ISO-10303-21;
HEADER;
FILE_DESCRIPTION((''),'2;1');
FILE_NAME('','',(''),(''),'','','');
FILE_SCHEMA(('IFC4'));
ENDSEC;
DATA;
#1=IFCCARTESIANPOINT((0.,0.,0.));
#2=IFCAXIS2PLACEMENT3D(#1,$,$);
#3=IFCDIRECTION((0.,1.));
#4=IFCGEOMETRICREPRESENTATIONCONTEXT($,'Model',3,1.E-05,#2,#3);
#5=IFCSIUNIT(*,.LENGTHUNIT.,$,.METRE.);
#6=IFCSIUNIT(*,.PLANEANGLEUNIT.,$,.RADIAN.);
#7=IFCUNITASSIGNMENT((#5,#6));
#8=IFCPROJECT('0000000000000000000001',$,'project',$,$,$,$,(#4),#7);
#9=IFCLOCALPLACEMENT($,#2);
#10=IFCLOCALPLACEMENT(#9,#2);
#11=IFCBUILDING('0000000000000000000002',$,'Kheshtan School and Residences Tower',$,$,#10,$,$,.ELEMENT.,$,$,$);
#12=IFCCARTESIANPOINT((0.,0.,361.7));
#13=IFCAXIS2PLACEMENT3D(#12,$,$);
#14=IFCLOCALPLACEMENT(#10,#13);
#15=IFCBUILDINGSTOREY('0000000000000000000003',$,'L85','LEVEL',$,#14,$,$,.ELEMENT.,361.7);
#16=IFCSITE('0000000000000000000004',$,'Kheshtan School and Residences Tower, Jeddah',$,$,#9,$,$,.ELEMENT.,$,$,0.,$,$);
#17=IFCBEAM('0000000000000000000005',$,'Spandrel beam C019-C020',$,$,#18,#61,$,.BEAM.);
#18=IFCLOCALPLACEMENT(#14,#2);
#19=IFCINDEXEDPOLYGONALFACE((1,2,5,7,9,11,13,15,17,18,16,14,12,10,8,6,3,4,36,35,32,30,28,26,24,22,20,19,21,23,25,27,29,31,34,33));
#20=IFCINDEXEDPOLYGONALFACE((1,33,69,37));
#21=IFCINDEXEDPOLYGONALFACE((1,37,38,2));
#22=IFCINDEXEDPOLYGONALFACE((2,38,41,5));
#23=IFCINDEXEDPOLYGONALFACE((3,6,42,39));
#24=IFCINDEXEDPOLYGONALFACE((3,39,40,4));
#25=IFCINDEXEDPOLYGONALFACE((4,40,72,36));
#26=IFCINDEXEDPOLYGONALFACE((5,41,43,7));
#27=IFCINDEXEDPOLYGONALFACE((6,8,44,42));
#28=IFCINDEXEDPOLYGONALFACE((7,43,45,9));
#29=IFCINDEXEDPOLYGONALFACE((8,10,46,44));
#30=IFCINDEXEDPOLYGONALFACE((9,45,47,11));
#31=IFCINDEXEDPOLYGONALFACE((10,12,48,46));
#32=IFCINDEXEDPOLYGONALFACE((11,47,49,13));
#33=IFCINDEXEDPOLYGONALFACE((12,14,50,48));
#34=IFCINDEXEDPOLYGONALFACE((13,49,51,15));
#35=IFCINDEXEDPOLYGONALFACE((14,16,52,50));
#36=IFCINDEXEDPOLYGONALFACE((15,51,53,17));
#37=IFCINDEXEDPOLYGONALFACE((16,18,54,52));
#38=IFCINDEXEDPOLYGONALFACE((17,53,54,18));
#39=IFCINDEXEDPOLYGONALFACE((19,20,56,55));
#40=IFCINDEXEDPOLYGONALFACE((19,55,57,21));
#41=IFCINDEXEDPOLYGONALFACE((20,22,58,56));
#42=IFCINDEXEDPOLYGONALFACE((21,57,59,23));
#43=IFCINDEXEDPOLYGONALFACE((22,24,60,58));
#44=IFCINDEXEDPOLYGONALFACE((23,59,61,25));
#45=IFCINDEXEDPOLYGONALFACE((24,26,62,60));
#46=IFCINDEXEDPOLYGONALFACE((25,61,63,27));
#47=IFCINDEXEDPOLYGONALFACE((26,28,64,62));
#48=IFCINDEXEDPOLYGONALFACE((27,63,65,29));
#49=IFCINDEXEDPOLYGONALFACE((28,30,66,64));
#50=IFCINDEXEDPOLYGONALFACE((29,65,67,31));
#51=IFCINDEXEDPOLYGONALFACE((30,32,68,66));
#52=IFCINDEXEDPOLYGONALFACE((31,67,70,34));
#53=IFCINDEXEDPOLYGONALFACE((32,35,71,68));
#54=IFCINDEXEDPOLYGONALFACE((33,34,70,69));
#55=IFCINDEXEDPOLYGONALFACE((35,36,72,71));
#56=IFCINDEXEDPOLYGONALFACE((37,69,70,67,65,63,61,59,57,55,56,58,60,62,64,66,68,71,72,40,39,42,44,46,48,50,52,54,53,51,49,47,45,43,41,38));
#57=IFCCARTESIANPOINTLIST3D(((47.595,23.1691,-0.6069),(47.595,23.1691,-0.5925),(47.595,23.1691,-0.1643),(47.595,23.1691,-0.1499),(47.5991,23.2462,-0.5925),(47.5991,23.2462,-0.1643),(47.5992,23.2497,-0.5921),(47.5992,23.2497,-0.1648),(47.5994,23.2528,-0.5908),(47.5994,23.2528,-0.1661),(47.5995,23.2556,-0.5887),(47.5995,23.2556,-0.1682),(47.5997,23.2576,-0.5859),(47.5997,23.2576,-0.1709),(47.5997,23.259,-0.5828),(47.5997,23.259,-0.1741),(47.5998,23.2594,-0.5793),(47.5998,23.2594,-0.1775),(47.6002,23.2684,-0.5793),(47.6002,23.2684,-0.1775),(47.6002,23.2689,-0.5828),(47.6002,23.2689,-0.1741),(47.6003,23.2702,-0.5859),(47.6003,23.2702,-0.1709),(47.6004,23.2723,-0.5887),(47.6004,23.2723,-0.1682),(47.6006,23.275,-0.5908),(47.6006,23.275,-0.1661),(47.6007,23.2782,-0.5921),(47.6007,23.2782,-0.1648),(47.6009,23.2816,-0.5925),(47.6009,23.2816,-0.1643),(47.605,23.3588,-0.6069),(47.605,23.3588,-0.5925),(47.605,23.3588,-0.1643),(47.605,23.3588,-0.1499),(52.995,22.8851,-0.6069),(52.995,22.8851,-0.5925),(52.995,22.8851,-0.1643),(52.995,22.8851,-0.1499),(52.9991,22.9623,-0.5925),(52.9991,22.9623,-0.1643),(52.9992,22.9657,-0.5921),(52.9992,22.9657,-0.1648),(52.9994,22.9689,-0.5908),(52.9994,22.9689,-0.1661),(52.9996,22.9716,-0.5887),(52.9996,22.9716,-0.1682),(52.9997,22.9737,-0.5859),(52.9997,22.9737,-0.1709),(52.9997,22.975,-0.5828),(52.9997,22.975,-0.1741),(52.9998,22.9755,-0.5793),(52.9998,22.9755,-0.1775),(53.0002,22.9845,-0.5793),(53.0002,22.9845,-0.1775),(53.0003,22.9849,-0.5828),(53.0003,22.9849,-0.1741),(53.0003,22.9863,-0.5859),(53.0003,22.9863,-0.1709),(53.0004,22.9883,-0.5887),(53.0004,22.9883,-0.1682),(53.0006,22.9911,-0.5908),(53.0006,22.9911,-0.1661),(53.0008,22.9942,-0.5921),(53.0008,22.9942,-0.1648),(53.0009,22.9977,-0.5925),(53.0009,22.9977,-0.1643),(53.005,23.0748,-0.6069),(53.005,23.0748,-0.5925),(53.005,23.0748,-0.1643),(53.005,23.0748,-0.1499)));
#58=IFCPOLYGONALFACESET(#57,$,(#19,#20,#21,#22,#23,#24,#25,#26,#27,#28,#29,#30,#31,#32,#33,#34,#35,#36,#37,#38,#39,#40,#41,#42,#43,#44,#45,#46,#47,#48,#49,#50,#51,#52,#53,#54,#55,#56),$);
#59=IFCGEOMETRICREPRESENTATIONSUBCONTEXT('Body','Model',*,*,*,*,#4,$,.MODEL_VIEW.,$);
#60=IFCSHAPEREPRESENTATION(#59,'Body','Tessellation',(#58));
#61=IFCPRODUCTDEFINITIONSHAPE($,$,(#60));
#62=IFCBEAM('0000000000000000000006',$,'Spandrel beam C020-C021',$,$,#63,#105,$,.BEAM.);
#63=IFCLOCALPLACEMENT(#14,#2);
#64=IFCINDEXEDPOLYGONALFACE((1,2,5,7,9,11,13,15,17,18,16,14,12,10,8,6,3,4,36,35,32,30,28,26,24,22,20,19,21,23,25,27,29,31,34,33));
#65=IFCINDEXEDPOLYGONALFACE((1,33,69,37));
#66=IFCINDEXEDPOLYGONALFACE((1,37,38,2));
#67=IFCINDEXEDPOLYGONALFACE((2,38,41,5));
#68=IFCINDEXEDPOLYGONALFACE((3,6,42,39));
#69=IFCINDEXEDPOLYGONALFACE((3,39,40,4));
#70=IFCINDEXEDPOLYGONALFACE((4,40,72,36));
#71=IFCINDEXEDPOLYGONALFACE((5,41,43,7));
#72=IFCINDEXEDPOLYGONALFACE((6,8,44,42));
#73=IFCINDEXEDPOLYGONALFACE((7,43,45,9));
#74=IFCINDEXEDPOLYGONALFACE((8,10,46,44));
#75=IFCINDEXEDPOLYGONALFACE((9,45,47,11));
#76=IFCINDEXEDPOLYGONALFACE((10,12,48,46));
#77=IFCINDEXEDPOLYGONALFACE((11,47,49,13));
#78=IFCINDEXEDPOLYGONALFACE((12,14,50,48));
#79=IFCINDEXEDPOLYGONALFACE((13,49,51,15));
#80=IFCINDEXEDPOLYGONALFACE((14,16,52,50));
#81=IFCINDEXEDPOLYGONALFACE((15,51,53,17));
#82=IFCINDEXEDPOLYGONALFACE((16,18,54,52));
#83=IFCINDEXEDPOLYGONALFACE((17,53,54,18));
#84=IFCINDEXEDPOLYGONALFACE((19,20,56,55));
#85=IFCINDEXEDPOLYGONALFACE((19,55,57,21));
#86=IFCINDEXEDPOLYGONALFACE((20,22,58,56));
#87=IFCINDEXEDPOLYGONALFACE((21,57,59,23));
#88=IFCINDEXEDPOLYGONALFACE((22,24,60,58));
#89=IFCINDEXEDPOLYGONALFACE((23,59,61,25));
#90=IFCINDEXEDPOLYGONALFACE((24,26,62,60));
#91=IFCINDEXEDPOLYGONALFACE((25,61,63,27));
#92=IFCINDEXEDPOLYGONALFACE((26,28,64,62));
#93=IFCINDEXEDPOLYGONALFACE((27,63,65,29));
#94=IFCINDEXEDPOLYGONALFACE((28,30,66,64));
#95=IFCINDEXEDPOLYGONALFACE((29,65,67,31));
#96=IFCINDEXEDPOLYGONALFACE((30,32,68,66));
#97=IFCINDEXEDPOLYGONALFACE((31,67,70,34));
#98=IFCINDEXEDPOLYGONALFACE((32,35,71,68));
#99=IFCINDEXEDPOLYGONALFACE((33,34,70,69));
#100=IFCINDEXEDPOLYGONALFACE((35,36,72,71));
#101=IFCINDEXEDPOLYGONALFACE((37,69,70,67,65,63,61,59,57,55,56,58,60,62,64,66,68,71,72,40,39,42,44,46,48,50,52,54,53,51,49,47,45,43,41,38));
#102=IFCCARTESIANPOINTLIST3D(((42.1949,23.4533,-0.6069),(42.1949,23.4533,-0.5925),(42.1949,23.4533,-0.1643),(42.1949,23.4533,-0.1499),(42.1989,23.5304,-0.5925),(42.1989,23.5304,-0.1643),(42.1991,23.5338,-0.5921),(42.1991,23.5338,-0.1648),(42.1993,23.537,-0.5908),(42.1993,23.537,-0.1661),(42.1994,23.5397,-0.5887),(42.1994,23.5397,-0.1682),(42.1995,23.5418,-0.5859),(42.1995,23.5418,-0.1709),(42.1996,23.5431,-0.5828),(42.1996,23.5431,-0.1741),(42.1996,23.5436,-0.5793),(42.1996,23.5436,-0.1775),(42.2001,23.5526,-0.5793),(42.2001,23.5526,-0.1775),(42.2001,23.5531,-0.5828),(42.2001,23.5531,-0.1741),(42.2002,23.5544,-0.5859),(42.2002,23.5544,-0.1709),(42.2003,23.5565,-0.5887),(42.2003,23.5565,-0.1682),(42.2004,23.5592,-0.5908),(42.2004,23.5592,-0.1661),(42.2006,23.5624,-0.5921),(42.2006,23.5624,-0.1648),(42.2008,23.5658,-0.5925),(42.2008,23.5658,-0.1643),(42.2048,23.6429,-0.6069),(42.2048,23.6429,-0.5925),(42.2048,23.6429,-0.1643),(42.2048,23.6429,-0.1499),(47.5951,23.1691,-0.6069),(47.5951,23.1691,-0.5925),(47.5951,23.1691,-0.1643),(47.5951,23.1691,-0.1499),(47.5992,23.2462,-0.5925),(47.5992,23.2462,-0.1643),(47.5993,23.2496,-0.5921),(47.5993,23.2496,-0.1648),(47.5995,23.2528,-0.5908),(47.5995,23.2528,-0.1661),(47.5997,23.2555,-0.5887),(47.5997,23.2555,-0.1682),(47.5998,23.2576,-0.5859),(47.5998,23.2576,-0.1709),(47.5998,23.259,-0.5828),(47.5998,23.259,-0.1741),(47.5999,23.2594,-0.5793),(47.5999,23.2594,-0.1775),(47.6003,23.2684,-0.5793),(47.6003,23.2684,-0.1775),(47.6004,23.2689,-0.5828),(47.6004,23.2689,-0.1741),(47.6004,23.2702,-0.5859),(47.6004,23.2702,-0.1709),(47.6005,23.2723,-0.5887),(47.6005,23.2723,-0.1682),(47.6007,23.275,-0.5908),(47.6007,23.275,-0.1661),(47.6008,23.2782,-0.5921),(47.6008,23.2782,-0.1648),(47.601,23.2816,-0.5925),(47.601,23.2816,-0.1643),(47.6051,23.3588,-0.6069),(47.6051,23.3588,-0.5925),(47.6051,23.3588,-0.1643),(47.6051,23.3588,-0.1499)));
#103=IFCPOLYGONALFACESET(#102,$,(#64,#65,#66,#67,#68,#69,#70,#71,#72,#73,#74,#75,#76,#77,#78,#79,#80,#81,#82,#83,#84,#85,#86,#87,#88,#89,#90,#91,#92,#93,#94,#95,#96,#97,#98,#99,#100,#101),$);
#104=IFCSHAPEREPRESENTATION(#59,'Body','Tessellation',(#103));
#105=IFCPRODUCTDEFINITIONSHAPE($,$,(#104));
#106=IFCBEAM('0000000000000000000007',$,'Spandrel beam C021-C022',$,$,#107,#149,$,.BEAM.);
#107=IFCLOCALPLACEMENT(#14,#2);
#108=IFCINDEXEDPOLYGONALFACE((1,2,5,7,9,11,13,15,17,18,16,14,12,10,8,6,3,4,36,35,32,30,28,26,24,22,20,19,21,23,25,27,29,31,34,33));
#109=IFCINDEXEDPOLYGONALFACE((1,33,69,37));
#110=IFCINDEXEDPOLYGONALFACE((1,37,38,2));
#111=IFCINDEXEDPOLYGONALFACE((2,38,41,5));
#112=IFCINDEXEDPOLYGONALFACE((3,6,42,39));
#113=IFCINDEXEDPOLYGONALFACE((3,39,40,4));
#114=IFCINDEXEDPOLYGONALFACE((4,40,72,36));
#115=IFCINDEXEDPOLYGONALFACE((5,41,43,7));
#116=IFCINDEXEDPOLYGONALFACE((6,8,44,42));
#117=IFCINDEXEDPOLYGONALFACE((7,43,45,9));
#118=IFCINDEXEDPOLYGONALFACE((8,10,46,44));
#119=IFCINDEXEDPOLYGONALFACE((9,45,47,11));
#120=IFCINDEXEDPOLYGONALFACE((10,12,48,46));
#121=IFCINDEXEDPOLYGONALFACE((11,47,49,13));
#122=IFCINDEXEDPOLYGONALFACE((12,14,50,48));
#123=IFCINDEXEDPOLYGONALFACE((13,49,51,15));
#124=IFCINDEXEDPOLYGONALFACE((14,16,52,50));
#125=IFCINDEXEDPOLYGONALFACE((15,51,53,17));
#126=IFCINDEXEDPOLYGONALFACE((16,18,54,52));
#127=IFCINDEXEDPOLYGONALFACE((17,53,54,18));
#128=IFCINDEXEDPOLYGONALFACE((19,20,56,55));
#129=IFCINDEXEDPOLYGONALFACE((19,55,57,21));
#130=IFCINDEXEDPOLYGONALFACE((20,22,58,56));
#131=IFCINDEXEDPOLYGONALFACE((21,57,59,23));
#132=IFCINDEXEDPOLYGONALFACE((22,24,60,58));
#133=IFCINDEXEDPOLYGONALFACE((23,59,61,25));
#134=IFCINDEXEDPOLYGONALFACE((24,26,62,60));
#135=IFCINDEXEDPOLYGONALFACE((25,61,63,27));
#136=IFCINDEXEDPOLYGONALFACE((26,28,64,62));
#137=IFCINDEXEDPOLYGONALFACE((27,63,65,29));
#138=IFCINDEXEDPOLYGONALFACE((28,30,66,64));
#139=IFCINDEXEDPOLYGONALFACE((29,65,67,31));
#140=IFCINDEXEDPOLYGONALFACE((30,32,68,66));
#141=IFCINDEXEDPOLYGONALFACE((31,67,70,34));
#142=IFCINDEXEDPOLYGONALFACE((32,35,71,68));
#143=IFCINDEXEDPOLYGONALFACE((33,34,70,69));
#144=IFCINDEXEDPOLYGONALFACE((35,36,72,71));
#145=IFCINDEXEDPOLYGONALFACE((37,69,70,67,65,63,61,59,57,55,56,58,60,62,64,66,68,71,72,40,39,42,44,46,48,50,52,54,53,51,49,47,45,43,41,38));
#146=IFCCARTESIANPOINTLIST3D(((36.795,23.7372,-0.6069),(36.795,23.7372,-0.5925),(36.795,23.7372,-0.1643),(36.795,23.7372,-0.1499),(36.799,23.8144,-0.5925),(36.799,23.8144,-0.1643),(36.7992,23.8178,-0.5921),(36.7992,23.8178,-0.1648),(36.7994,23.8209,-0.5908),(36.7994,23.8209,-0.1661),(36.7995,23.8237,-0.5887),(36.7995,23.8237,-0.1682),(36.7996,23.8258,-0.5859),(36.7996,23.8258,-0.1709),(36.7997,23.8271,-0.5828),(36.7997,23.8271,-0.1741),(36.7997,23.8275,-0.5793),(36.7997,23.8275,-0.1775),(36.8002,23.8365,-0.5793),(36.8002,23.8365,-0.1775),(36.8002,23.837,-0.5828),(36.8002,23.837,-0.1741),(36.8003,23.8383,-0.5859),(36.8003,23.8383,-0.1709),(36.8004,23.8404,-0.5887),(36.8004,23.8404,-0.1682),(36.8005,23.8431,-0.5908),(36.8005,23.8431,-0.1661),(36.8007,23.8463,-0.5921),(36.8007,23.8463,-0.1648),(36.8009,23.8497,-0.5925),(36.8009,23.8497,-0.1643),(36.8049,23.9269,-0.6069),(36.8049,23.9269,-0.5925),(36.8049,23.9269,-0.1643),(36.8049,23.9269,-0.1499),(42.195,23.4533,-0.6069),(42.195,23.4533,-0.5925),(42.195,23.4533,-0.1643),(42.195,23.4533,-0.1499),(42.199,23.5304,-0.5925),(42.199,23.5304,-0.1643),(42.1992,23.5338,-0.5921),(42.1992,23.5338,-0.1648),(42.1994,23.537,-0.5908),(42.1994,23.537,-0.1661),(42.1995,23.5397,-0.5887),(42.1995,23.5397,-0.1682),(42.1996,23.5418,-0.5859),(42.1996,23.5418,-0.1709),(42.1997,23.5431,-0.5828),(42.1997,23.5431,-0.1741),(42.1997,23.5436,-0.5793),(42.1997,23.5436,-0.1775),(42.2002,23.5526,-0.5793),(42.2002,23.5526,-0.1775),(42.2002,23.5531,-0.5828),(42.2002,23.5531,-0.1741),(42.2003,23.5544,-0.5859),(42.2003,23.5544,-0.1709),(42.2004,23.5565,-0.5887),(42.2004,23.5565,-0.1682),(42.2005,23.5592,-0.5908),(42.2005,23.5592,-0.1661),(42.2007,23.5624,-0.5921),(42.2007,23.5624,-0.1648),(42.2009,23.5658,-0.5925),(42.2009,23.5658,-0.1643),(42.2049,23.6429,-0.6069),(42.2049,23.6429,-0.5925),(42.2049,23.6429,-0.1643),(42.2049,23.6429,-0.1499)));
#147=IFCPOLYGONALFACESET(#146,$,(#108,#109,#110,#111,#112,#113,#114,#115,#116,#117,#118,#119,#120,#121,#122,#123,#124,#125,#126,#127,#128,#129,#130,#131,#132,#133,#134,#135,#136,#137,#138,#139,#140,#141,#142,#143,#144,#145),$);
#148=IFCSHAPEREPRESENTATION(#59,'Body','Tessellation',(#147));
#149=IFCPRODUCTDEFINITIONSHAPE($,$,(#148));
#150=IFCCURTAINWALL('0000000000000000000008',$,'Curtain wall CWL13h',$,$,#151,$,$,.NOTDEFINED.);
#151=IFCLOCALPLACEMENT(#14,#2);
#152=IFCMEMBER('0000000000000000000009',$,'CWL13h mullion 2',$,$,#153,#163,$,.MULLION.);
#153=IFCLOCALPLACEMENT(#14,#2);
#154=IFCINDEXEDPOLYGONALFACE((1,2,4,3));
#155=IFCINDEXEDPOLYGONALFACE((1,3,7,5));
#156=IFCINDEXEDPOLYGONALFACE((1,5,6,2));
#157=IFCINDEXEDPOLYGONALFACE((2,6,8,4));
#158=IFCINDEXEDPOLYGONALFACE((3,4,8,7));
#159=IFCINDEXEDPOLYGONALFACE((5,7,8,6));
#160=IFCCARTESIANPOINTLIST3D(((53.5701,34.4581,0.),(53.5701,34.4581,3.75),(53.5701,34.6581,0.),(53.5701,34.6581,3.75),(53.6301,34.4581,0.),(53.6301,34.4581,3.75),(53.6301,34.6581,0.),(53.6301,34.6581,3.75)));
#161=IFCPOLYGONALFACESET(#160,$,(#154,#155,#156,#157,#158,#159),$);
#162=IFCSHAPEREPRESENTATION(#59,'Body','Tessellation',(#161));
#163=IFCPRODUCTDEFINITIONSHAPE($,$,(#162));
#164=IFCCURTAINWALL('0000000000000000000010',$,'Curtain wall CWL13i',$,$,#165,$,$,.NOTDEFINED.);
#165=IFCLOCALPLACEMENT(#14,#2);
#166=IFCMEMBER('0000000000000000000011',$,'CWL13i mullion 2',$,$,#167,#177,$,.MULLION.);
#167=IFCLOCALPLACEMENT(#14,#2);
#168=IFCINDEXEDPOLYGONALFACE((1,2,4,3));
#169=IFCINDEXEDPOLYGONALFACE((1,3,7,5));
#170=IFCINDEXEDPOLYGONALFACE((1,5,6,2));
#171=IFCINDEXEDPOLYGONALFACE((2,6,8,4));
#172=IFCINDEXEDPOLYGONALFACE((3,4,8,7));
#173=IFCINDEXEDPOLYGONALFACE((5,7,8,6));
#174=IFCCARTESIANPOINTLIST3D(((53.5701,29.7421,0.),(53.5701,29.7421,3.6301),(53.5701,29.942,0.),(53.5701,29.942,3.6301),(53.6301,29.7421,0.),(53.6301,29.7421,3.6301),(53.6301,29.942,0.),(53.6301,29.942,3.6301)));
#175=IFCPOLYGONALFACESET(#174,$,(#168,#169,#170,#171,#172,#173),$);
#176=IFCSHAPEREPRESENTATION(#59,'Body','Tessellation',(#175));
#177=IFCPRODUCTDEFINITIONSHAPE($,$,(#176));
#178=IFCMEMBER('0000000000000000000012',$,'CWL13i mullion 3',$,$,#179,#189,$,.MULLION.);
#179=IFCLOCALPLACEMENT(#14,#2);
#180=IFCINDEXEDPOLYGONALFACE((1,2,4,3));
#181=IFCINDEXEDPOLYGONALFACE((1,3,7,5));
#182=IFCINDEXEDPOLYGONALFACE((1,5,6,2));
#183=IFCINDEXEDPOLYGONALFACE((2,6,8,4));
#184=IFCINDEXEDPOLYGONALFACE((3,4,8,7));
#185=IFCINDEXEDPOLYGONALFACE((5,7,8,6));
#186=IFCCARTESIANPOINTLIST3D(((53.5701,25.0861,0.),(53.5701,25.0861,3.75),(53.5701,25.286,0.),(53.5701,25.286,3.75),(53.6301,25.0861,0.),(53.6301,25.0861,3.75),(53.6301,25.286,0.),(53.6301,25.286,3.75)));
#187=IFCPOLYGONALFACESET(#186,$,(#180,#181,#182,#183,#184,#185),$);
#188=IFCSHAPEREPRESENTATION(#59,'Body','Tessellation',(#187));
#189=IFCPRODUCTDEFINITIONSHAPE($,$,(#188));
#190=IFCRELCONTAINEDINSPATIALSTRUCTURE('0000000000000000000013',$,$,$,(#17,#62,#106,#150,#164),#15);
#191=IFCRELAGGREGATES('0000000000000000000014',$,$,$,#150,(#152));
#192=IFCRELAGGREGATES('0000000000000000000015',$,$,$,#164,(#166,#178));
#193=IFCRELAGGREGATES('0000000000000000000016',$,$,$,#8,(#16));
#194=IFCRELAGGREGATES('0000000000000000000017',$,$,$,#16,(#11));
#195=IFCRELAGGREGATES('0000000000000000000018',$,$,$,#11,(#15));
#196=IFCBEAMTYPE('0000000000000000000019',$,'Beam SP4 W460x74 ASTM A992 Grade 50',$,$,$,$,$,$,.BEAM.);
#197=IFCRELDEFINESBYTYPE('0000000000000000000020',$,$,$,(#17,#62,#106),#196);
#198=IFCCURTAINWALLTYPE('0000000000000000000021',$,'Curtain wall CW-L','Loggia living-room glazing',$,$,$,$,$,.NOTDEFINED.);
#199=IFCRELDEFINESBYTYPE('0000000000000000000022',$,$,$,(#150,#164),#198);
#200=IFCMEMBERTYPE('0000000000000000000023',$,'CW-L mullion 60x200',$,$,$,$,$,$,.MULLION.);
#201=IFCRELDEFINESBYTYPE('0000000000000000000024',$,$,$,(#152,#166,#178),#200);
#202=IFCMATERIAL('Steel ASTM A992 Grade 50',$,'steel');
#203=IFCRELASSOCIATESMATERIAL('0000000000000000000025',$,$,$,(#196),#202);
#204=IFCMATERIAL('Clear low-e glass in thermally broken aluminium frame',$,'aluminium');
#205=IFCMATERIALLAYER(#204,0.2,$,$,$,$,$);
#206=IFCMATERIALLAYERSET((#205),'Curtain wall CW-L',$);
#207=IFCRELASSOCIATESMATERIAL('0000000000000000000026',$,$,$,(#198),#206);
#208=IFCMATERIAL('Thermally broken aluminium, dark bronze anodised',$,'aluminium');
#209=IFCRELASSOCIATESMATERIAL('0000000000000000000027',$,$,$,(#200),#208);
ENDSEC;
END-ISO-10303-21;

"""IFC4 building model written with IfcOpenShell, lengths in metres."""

from ifc_helpers import new_model, si_unit, direction, frame, origin, origin_2d, place, context, subcontext, project, spatial, rectangle, i_section, extrude, material, layer, layer_set, material_profile, profile_set, type_object, element, aggregate, save


model = new_model("IFC4")

# Units and contexts
model_context = context("Model", 3, precision=1e-05, world=origin(), true_north=direction((0.0, 1.0)))
body_context = subcontext(model_context, "Body", "Model", "MODEL_VIEW")
ifc_project = project(units=[si_unit("LENGTHUNIT", "METRE"), si_unit("PLANEANGLEUNIT", "RADIAN")], contexts=[model_context])

# Site, building, storey
site_placement = place(None, origin())
site = spatial("IfcSite", under=ifc_project, at=site_placement, Name="Kheshtan School and Residences Tower, Jeddah", CompositionType="ELEMENT", RefElevation=0.0)
building_placement = place(site_placement, origin())
building = spatial("IfcBuilding", under=site, at=building_placement, Name="Kheshtan School and Residences Tower", CompositionType="ELEMENT")
storey_placement = place(building_placement, frame((0.0, 0.0, 361.7)))
storey = spatial("IfcBuildingStorey", under=building, at=storey_placement, Name="L85", Description="LEVEL", CompositionType="ELEMENT", Elevation=361.7)

# Shared definitions
ifc_material_1 = material(Name="Steel ASTM A992 Grade 50", Category="steel")

# Beams
ifc_material_profile_1 = material_profile(ifc_material_1, i_section(OverallWidth=0.1899, OverallDepth=0.457, WebThickness=0.009, FlangeThickness=0.0144, FilletRadius=0.0132, at=origin_2d()), Name="W460x74")
ifc_profile_set_1 = profile_set([ifc_material_profile_1], Name="Steel ASTM A992 Grade 50")
beam_type_1 = type_object("IfcBeamType", Name="Beam SP4 W460x74 ASTM A992 Grade 50", PredefinedType="BEAM", material=ifc_profile_set_1)
beam_1_placement = place(storey_placement, frame((53.0, 22.98, -0.3784), z_axis=(-0.99862, 0.052509, 0.0), x_axis=(-0.052509, -0.99862, 0.0)))
element("IfcBeam", 1, at=beam_1_placement, inside=storey, type_object=beam_type_1, Name="Spandrel beam C019-C020", PredefinedType="BEAM", context=body_context, shape_type="SweptSolid", body=[
    extrude(i_section(OverallWidth=0.1899, OverallDepth=0.457, WebThickness=0.009, FlangeThickness=0.0144, FilletRadius=0.0132, at=origin_2d()), origin(), (0.0, 0.0, 1.0), 5.4075),
])
beam_2_placement = place(storey_placement, frame((47.6001, 23.2639, -0.3784), z_axis=(-0.998618, 0.052552, 0.0), x_axis=(-0.052552, -0.998618, 0.0)))
element("IfcBeam", 2, at=beam_2_placement, inside=storey, type_object=beam_type_1, Name="Spandrel beam C020-C021", PredefinedType="BEAM", context=body_context, shape_type="SweptSolid", body=[
    extrude(i_section(OverallWidth=0.1899, OverallDepth=0.457, WebThickness=0.009, FlangeThickness=0.0144, FilletRadius=0.0132, at=origin_2d()), origin(), (0.0, 0.0, 1.0), 5.4077),
])
beam_3_placement = place(storey_placement, frame((42.2, 23.5481, -0.3784), z_axis=(-0.99862, 0.052509, 0.0), x_axis=(-0.052509, -0.99862, 0.0)))
element("IfcBeam", 3, at=beam_3_placement, inside=storey, type_object=beam_type_1, Name="Spandrel beam C021-C022", PredefinedType="BEAM", context=body_context, shape_type="SweptSolid", body=[
    extrude(i_section(OverallWidth=0.1899, OverallDepth=0.457, WebThickness=0.009, FlangeThickness=0.0144, FilletRadius=0.0132, at=origin_2d()), origin(), (0.0, 0.0, 1.0), 5.4075),
])

# Curtain wall, member
ifc_material_2 = material(Name="Clear low-e glass in thermally broken aluminium frame", Category="aluminium")
ifc_layer_1 = layer(ifc_material_2, 0.2)
ifc_layer_set_1 = layer_set([ifc_layer_1], Name="Curtain wall CW-L")
curtain_wall_type = type_object("IfcCurtainWallType", Name="Curtain wall CW-L", Description="Loggia living-room glazing", PredefinedType="NOTDEFINED", material=ifc_layer_set_1)
curtain_wall_1_placement = place(storey_placement, origin())
curtain_wall_1 = element("IfcCurtainWall", 4, at=curtain_wall_1_placement, inside=storey, type_object=curtain_wall_type, Name="Curtain wall CWL13h", PredefinedType="NOTDEFINED")
ifc_material_3 = material(Name="Thermally broken aluminium, dark bronze anodised", Category="aluminium")
ifc_material_profile_2 = material_profile(ifc_material_3, rectangle(XDim=0.0601, YDim=0.2, at=origin_2d()), Name="CW-L mullion 60x200")
ifc_profile_set_2 = profile_set([ifc_material_profile_2], Name="Thermally broken aluminium, dark bronze anodised")
member_type_1 = type_object("IfcMemberType", Name="CW-L mullion 60x200", PredefinedType="MULLION", material=ifc_profile_set_2)
member_1_placement = place(storey_placement, frame((53.6001, 34.5581, 0.0), z_axis=(0.0, 0.0, 1.0), x_axis=(1.0, 0.0, 0.0)))
member_1 = element("IfcMember", 5, at=member_1_placement, type_object=member_type_1, Name="CWL13h mullion 2", PredefinedType="MULLION", context=body_context, shape_type="SweptSolid", body=[
    extrude(rectangle(XDim=0.0601, YDim=0.2, at=origin_2d()), origin(), (0.0, 0.0, 1.0), 3.75),
])

# Curtain wall, members
curtain_wall_2_placement = place(storey_placement, origin())
curtain_wall_2 = element("IfcCurtainWall", 6, at=curtain_wall_2_placement, inside=storey, type_object=curtain_wall_type, Name="Curtain wall CWL13i", PredefinedType="NOTDEFINED")
member_2_placement = place(storey_placement, frame((53.6001, 29.842, 0.0), z_axis=(0.0, 0.0, 1.0), x_axis=(1.0, 0.0, 0.0)))
member_2 = element("IfcMember", 7, at=member_2_placement, type_object=member_type_1, Name="CWL13i mullion 2", PredefinedType="MULLION", context=body_context, shape_type="SweptSolid", body=[
    extrude(rectangle(XDim=0.0601, YDim=0.2, at=origin_2d()), origin(), (0.0, 0.0, 1.0), 3.6301),
])
member_3_placement = place(storey_placement, frame((53.6001, 25.186, 0.0), z_axis=(0.0, 0.0, 1.0), x_axis=(1.0, 0.0, 0.0)))
member_3 = element("IfcMember", 8, at=member_3_placement, type_object=member_type_1, Name="CWL13i mullion 3", PredefinedType="MULLION", context=body_context, shape_type="SweptSolid", body=[
    extrude(rectangle(XDim=0.0601, YDim=0.2, at=origin_2d()), origin(), (0.0, 0.0, 1.0), 3.75),
])

aggregate(curtain_wall_1, [member_1])
aggregate(curtain_wall_2, [member_2, member_3])

save(model, "model.ifc")
